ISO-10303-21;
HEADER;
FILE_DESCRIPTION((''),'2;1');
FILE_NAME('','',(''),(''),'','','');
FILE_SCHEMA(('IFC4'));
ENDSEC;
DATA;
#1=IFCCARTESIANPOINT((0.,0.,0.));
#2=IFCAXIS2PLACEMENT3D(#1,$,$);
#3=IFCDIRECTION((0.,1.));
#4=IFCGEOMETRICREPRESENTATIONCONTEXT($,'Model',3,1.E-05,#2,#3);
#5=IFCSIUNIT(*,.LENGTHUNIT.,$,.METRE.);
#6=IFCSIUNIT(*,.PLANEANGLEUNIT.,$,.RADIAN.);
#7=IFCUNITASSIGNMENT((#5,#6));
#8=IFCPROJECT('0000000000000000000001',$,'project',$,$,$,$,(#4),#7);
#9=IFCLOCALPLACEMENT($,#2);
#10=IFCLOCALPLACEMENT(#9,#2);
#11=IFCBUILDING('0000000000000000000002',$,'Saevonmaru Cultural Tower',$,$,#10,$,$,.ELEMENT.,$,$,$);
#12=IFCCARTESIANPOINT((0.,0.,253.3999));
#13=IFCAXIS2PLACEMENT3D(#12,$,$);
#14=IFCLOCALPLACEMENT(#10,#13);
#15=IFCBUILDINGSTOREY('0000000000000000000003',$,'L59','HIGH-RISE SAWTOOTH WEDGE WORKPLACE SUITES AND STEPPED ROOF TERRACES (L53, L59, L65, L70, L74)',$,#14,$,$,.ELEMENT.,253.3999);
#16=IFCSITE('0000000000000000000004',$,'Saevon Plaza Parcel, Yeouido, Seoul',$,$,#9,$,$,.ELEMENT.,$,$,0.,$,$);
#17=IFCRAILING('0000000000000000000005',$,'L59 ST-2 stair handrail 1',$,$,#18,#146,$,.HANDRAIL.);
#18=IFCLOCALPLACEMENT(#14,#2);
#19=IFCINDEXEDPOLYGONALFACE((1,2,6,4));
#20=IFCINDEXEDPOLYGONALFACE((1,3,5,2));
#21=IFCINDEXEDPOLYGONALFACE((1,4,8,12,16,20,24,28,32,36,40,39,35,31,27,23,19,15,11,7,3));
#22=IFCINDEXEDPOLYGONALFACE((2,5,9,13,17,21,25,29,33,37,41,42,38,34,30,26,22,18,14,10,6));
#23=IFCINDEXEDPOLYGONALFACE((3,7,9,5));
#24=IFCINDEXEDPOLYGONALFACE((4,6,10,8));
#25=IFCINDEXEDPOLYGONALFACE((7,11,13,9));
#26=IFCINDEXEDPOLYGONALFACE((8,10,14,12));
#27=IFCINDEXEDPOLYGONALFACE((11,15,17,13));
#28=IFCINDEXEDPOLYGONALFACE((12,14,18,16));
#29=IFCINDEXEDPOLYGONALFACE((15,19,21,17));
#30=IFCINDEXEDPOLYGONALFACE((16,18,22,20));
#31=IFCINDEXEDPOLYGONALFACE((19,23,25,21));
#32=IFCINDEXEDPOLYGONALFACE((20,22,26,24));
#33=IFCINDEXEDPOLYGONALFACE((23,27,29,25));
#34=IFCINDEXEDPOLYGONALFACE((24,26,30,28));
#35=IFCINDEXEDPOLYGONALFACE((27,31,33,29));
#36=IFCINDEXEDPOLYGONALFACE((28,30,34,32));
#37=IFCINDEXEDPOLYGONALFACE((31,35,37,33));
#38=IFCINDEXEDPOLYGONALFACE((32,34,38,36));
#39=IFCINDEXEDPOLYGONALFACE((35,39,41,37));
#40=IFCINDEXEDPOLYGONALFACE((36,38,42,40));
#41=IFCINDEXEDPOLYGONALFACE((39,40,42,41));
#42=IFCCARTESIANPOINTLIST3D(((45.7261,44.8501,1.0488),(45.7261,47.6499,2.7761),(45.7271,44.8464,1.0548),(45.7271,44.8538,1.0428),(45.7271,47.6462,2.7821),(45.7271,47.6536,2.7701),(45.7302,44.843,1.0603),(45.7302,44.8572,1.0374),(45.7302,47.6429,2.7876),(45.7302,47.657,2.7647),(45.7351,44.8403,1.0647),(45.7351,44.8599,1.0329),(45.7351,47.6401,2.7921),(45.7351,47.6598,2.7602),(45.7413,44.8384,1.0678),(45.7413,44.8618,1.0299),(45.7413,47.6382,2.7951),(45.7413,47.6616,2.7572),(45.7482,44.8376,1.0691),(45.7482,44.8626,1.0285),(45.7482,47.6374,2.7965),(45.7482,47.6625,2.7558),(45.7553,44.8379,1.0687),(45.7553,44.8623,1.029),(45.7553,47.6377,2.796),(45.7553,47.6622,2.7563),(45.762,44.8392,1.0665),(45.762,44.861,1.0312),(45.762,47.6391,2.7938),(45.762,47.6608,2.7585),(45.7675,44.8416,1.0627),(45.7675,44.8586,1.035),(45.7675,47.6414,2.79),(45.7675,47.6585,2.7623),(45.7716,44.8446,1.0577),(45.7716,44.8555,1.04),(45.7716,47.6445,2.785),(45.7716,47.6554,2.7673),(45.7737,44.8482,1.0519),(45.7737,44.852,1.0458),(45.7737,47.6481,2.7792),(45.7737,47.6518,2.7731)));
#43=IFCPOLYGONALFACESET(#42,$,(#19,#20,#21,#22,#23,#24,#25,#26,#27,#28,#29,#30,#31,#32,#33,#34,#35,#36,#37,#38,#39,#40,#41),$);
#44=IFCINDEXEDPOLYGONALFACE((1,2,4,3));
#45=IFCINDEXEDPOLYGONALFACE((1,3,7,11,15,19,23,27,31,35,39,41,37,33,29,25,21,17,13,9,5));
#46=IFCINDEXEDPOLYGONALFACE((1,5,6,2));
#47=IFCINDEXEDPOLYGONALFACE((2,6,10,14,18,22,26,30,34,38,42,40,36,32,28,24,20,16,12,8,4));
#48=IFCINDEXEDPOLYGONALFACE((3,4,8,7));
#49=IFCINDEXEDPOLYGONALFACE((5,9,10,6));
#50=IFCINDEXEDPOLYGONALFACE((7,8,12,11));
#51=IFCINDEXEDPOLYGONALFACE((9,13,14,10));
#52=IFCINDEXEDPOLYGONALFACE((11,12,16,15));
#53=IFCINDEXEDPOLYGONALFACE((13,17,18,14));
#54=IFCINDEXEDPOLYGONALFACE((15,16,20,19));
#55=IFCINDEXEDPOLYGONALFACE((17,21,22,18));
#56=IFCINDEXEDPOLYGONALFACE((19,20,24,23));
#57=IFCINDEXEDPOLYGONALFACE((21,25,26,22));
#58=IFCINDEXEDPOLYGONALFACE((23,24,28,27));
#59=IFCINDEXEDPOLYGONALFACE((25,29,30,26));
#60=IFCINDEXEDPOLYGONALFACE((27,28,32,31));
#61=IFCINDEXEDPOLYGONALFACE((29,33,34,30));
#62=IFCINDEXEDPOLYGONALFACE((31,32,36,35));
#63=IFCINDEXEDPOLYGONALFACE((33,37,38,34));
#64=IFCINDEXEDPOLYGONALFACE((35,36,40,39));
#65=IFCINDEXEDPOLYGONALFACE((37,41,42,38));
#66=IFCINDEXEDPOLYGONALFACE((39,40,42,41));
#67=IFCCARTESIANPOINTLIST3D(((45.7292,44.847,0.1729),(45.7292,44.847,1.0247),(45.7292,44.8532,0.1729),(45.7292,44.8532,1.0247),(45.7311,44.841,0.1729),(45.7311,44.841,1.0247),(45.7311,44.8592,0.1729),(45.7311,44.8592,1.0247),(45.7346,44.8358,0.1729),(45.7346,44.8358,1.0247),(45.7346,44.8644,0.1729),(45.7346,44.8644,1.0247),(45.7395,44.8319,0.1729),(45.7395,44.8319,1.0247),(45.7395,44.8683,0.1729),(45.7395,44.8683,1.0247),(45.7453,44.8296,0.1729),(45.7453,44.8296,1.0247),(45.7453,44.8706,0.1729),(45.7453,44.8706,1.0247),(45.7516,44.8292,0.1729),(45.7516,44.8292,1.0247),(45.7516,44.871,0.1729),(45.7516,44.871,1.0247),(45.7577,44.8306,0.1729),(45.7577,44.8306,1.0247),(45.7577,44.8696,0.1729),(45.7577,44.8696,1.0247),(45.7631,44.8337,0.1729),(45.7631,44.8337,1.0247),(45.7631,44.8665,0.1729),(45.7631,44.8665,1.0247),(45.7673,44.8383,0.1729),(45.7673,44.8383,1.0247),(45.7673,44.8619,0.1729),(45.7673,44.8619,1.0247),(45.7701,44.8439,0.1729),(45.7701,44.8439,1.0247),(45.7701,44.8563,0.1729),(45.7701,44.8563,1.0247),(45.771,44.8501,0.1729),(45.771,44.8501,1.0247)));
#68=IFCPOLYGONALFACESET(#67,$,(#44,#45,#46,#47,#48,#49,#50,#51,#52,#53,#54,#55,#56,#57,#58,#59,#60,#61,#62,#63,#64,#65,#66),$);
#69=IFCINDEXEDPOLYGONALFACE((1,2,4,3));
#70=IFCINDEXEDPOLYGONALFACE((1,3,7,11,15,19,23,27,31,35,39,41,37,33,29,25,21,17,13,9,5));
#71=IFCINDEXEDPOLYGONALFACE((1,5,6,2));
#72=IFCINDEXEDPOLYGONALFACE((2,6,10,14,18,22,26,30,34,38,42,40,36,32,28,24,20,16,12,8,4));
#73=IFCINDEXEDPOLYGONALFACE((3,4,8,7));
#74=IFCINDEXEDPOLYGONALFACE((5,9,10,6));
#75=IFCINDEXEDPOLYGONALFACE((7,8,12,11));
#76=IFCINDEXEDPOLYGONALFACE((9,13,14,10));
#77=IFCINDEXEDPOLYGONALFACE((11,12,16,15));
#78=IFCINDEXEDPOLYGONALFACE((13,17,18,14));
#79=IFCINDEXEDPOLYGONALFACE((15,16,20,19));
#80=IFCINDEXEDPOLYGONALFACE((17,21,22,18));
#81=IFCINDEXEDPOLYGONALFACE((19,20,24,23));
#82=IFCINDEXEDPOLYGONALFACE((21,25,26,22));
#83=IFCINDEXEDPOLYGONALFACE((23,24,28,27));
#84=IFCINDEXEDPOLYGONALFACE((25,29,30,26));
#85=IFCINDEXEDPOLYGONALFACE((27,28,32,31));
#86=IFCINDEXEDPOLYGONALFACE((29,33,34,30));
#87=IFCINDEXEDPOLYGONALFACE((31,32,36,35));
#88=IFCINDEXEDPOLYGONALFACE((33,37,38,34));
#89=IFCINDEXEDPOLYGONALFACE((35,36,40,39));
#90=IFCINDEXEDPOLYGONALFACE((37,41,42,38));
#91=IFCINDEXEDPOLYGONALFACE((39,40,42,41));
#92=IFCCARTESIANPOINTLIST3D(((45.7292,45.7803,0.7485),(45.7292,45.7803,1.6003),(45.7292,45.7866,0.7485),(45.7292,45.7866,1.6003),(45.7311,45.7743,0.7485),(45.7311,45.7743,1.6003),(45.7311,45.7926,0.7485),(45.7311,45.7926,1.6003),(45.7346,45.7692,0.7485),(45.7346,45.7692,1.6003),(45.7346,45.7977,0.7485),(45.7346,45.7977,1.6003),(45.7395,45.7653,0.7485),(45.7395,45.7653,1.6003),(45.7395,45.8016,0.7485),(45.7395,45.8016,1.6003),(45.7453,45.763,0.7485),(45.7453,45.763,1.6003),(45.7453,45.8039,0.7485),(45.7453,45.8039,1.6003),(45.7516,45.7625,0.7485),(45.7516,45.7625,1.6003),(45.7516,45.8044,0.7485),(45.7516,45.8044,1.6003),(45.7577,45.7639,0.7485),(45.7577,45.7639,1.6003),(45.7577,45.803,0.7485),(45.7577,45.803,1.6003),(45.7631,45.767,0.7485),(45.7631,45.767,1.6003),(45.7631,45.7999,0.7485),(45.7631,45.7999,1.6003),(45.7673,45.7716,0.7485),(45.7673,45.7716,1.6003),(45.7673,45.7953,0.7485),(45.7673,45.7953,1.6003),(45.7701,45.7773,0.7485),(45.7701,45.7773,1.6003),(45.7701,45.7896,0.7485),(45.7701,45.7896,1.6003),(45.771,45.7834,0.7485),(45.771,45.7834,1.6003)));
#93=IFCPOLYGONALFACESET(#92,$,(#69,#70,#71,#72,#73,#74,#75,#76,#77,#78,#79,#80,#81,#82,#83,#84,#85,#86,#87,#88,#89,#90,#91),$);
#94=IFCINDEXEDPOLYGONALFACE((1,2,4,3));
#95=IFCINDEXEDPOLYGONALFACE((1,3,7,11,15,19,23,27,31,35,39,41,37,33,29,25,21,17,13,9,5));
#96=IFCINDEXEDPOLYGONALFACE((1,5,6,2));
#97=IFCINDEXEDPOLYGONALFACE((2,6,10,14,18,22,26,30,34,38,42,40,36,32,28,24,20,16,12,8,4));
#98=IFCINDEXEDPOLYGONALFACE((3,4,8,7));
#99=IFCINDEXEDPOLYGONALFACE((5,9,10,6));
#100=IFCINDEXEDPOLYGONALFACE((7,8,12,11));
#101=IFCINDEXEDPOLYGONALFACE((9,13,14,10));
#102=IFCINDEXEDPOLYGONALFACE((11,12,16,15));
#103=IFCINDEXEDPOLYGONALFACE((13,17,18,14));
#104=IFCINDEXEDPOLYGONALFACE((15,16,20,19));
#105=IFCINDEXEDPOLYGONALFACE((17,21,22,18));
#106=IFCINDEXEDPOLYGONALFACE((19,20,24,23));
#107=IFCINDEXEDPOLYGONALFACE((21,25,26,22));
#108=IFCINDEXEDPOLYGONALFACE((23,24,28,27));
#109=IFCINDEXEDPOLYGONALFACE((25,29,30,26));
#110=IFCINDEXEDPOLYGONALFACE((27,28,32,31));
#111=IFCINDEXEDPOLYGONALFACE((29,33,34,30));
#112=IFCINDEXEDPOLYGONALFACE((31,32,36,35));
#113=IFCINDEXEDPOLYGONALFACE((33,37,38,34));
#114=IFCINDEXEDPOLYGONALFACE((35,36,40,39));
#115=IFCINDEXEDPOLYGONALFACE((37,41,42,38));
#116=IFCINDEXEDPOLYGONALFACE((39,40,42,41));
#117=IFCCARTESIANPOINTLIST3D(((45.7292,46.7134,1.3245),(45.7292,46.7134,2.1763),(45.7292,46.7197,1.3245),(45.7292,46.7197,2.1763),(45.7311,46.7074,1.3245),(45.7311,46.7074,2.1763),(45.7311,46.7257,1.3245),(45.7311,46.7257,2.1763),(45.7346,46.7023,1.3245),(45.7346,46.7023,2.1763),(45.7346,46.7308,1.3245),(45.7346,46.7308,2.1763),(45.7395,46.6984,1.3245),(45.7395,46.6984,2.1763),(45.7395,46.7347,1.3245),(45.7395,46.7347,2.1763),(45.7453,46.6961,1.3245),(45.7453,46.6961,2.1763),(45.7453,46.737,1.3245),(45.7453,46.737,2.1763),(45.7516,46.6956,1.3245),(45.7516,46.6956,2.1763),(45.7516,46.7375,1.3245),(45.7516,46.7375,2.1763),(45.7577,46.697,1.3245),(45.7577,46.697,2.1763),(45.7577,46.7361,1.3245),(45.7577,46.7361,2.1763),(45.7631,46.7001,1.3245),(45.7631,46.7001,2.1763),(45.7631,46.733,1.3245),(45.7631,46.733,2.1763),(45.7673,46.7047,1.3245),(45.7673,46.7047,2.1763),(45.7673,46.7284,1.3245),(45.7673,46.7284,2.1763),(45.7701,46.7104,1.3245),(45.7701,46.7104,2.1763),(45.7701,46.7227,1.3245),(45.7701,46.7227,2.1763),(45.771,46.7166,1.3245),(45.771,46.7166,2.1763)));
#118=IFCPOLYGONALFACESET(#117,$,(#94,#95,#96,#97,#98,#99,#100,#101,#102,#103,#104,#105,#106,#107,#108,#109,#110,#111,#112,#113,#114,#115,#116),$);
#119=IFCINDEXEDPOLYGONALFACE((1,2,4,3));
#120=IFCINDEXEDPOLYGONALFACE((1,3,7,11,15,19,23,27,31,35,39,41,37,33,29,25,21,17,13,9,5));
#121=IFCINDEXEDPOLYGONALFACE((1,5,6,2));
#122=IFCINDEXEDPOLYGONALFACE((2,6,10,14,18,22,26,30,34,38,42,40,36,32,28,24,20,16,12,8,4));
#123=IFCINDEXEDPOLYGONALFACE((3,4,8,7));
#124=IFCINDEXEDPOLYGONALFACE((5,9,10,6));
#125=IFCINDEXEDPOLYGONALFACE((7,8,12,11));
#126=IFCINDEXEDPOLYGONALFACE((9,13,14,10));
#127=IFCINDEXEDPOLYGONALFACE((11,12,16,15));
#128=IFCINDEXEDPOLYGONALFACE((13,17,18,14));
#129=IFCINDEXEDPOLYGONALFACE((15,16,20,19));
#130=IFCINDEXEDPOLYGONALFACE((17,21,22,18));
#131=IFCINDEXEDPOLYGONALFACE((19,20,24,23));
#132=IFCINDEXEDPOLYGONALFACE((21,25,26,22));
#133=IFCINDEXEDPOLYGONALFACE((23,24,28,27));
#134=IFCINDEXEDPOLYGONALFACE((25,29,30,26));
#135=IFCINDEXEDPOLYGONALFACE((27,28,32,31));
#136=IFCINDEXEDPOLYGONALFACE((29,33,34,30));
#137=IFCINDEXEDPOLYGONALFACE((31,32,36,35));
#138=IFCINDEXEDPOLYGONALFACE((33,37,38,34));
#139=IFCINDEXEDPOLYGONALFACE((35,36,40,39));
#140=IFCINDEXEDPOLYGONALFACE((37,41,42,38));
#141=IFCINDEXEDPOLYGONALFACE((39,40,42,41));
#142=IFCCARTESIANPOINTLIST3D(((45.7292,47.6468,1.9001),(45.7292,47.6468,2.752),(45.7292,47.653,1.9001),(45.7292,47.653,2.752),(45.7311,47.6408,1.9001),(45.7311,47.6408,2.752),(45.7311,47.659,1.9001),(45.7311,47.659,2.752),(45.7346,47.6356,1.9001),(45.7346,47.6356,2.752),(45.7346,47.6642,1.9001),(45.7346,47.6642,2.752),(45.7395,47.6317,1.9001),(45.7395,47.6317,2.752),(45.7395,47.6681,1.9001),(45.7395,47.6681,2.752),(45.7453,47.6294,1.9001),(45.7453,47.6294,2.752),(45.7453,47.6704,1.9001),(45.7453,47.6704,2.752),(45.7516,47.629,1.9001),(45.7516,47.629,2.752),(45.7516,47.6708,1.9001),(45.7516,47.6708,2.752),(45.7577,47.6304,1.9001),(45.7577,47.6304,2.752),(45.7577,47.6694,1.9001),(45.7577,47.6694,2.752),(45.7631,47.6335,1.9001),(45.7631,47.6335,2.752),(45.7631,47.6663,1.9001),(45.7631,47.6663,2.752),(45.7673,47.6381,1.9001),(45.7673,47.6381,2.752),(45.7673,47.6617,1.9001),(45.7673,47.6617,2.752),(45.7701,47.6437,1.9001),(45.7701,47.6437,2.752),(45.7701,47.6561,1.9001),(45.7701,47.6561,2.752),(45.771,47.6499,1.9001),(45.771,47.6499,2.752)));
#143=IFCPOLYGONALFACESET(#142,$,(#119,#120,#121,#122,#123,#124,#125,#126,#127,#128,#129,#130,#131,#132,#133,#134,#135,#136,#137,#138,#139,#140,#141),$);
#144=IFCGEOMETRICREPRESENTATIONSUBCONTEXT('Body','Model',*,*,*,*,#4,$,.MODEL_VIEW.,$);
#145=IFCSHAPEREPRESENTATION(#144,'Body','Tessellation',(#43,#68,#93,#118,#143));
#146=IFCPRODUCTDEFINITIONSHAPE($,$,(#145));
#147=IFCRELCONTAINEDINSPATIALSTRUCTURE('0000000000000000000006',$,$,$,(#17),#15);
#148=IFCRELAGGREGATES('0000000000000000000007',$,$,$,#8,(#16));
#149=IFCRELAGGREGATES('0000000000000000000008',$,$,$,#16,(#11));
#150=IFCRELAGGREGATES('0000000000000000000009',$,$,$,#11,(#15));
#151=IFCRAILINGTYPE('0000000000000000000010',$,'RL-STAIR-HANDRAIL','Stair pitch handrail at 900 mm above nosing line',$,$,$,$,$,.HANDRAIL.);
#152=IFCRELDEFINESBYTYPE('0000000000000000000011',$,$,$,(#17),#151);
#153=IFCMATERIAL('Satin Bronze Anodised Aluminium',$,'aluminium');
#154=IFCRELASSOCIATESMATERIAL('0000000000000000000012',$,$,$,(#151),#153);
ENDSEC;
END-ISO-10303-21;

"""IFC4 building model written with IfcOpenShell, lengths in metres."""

from ifc_helpers import new_model, si_unit, direction, frame, origin, origin_2d, place, context, subcontext, project, spatial, circle, extrude, material, type_object, element, save


model = new_model("IFC4")

# Units and contexts
model_context = context("Model", 3, precision=1e-05, world=origin(), true_north=direction((0.0, 1.0)))
body_context = subcontext(model_context, "Body", "Model", "MODEL_VIEW")
ifc_project = project(units=[si_unit("LENGTHUNIT", "METRE"), si_unit("PLANEANGLEUNIT", "RADIAN")], contexts=[model_context])

# Site, building, storey
site_placement = place(None, origin())
site = spatial("IfcSite", under=ifc_project, at=site_placement, Name="Saevon Plaza Parcel, Yeouido, Seoul", CompositionType="ELEMENT", RefElevation=0.0)
building_placement = place(site_placement, origin())
building = spatial("IfcBuilding", under=site, at=building_placement, Name="Saevonmaru Cultural Tower", CompositionType="ELEMENT")
storey_placement = place(building_placement, frame((0.0, 0.0, 253.3999)))
storey = spatial("IfcBuildingStorey", under=building, at=storey_placement, Name="L59", Description="HIGH-RISE SAWTOOTH WEDGE WORKPLACE SUITES AND STEPPED ROOF TERRACES (L53, L59, L65, L70, L74)", CompositionType="ELEMENT", Elevation=253.3999)

# Shared definitions
ifc_material_1 = material(Name="Satin Bronze Anodised Aluminium", Category="aluminium")

# Railing
railing_type_1 = type_object("IfcRailingType", Name="RL-STAIR-HANDRAIL", Description="Stair pitch handrail at 900 mm above nosing line", PredefinedType="HANDRAIL", material=ifc_material_1)
railing_1_placement = place(storey_placement, frame((45.75, 44.8501, 0.1729)))
element("IfcRailing", 1, at=railing_1_placement, inside=storey, type_object=railing_type_1, Name="L59 ST-2 stair handrail 1", PredefinedType="HANDRAIL", context=body_context, shape_type="SweptSolid", body=[
    extrude(circle(Radius=0.0239, at=origin_2d()), frame((0.0, 0.0, 0.876), z_axis=(0.0, 0.851069, 0.525054), x_axis=(-1.0, 0.0, 0.0)), (0.0, 0.0, 1.0), 3.2898),
    extrude(circle(Radius=0.021, at=origin_2d()), origin(), (0.0, 0.0, 1.0), 0.8518),
    extrude(circle(Radius=0.021, at=origin_2d()), frame((0.0, 0.9333, 0.5757)), (0.0, 0.0, 1.0), 0.8518),
    extrude(circle(Radius=0.021, at=origin_2d()), frame((0.0, 1.8665, 1.1516)), (0.0, 0.0, 1.0), 0.8518),
    extrude(circle(Radius=0.021, at=origin_2d()), frame((0.0, 2.7998, 1.7273)), (0.0, 0.0, 1.0), 0.8518),
])

save(model, "model.ifc")
